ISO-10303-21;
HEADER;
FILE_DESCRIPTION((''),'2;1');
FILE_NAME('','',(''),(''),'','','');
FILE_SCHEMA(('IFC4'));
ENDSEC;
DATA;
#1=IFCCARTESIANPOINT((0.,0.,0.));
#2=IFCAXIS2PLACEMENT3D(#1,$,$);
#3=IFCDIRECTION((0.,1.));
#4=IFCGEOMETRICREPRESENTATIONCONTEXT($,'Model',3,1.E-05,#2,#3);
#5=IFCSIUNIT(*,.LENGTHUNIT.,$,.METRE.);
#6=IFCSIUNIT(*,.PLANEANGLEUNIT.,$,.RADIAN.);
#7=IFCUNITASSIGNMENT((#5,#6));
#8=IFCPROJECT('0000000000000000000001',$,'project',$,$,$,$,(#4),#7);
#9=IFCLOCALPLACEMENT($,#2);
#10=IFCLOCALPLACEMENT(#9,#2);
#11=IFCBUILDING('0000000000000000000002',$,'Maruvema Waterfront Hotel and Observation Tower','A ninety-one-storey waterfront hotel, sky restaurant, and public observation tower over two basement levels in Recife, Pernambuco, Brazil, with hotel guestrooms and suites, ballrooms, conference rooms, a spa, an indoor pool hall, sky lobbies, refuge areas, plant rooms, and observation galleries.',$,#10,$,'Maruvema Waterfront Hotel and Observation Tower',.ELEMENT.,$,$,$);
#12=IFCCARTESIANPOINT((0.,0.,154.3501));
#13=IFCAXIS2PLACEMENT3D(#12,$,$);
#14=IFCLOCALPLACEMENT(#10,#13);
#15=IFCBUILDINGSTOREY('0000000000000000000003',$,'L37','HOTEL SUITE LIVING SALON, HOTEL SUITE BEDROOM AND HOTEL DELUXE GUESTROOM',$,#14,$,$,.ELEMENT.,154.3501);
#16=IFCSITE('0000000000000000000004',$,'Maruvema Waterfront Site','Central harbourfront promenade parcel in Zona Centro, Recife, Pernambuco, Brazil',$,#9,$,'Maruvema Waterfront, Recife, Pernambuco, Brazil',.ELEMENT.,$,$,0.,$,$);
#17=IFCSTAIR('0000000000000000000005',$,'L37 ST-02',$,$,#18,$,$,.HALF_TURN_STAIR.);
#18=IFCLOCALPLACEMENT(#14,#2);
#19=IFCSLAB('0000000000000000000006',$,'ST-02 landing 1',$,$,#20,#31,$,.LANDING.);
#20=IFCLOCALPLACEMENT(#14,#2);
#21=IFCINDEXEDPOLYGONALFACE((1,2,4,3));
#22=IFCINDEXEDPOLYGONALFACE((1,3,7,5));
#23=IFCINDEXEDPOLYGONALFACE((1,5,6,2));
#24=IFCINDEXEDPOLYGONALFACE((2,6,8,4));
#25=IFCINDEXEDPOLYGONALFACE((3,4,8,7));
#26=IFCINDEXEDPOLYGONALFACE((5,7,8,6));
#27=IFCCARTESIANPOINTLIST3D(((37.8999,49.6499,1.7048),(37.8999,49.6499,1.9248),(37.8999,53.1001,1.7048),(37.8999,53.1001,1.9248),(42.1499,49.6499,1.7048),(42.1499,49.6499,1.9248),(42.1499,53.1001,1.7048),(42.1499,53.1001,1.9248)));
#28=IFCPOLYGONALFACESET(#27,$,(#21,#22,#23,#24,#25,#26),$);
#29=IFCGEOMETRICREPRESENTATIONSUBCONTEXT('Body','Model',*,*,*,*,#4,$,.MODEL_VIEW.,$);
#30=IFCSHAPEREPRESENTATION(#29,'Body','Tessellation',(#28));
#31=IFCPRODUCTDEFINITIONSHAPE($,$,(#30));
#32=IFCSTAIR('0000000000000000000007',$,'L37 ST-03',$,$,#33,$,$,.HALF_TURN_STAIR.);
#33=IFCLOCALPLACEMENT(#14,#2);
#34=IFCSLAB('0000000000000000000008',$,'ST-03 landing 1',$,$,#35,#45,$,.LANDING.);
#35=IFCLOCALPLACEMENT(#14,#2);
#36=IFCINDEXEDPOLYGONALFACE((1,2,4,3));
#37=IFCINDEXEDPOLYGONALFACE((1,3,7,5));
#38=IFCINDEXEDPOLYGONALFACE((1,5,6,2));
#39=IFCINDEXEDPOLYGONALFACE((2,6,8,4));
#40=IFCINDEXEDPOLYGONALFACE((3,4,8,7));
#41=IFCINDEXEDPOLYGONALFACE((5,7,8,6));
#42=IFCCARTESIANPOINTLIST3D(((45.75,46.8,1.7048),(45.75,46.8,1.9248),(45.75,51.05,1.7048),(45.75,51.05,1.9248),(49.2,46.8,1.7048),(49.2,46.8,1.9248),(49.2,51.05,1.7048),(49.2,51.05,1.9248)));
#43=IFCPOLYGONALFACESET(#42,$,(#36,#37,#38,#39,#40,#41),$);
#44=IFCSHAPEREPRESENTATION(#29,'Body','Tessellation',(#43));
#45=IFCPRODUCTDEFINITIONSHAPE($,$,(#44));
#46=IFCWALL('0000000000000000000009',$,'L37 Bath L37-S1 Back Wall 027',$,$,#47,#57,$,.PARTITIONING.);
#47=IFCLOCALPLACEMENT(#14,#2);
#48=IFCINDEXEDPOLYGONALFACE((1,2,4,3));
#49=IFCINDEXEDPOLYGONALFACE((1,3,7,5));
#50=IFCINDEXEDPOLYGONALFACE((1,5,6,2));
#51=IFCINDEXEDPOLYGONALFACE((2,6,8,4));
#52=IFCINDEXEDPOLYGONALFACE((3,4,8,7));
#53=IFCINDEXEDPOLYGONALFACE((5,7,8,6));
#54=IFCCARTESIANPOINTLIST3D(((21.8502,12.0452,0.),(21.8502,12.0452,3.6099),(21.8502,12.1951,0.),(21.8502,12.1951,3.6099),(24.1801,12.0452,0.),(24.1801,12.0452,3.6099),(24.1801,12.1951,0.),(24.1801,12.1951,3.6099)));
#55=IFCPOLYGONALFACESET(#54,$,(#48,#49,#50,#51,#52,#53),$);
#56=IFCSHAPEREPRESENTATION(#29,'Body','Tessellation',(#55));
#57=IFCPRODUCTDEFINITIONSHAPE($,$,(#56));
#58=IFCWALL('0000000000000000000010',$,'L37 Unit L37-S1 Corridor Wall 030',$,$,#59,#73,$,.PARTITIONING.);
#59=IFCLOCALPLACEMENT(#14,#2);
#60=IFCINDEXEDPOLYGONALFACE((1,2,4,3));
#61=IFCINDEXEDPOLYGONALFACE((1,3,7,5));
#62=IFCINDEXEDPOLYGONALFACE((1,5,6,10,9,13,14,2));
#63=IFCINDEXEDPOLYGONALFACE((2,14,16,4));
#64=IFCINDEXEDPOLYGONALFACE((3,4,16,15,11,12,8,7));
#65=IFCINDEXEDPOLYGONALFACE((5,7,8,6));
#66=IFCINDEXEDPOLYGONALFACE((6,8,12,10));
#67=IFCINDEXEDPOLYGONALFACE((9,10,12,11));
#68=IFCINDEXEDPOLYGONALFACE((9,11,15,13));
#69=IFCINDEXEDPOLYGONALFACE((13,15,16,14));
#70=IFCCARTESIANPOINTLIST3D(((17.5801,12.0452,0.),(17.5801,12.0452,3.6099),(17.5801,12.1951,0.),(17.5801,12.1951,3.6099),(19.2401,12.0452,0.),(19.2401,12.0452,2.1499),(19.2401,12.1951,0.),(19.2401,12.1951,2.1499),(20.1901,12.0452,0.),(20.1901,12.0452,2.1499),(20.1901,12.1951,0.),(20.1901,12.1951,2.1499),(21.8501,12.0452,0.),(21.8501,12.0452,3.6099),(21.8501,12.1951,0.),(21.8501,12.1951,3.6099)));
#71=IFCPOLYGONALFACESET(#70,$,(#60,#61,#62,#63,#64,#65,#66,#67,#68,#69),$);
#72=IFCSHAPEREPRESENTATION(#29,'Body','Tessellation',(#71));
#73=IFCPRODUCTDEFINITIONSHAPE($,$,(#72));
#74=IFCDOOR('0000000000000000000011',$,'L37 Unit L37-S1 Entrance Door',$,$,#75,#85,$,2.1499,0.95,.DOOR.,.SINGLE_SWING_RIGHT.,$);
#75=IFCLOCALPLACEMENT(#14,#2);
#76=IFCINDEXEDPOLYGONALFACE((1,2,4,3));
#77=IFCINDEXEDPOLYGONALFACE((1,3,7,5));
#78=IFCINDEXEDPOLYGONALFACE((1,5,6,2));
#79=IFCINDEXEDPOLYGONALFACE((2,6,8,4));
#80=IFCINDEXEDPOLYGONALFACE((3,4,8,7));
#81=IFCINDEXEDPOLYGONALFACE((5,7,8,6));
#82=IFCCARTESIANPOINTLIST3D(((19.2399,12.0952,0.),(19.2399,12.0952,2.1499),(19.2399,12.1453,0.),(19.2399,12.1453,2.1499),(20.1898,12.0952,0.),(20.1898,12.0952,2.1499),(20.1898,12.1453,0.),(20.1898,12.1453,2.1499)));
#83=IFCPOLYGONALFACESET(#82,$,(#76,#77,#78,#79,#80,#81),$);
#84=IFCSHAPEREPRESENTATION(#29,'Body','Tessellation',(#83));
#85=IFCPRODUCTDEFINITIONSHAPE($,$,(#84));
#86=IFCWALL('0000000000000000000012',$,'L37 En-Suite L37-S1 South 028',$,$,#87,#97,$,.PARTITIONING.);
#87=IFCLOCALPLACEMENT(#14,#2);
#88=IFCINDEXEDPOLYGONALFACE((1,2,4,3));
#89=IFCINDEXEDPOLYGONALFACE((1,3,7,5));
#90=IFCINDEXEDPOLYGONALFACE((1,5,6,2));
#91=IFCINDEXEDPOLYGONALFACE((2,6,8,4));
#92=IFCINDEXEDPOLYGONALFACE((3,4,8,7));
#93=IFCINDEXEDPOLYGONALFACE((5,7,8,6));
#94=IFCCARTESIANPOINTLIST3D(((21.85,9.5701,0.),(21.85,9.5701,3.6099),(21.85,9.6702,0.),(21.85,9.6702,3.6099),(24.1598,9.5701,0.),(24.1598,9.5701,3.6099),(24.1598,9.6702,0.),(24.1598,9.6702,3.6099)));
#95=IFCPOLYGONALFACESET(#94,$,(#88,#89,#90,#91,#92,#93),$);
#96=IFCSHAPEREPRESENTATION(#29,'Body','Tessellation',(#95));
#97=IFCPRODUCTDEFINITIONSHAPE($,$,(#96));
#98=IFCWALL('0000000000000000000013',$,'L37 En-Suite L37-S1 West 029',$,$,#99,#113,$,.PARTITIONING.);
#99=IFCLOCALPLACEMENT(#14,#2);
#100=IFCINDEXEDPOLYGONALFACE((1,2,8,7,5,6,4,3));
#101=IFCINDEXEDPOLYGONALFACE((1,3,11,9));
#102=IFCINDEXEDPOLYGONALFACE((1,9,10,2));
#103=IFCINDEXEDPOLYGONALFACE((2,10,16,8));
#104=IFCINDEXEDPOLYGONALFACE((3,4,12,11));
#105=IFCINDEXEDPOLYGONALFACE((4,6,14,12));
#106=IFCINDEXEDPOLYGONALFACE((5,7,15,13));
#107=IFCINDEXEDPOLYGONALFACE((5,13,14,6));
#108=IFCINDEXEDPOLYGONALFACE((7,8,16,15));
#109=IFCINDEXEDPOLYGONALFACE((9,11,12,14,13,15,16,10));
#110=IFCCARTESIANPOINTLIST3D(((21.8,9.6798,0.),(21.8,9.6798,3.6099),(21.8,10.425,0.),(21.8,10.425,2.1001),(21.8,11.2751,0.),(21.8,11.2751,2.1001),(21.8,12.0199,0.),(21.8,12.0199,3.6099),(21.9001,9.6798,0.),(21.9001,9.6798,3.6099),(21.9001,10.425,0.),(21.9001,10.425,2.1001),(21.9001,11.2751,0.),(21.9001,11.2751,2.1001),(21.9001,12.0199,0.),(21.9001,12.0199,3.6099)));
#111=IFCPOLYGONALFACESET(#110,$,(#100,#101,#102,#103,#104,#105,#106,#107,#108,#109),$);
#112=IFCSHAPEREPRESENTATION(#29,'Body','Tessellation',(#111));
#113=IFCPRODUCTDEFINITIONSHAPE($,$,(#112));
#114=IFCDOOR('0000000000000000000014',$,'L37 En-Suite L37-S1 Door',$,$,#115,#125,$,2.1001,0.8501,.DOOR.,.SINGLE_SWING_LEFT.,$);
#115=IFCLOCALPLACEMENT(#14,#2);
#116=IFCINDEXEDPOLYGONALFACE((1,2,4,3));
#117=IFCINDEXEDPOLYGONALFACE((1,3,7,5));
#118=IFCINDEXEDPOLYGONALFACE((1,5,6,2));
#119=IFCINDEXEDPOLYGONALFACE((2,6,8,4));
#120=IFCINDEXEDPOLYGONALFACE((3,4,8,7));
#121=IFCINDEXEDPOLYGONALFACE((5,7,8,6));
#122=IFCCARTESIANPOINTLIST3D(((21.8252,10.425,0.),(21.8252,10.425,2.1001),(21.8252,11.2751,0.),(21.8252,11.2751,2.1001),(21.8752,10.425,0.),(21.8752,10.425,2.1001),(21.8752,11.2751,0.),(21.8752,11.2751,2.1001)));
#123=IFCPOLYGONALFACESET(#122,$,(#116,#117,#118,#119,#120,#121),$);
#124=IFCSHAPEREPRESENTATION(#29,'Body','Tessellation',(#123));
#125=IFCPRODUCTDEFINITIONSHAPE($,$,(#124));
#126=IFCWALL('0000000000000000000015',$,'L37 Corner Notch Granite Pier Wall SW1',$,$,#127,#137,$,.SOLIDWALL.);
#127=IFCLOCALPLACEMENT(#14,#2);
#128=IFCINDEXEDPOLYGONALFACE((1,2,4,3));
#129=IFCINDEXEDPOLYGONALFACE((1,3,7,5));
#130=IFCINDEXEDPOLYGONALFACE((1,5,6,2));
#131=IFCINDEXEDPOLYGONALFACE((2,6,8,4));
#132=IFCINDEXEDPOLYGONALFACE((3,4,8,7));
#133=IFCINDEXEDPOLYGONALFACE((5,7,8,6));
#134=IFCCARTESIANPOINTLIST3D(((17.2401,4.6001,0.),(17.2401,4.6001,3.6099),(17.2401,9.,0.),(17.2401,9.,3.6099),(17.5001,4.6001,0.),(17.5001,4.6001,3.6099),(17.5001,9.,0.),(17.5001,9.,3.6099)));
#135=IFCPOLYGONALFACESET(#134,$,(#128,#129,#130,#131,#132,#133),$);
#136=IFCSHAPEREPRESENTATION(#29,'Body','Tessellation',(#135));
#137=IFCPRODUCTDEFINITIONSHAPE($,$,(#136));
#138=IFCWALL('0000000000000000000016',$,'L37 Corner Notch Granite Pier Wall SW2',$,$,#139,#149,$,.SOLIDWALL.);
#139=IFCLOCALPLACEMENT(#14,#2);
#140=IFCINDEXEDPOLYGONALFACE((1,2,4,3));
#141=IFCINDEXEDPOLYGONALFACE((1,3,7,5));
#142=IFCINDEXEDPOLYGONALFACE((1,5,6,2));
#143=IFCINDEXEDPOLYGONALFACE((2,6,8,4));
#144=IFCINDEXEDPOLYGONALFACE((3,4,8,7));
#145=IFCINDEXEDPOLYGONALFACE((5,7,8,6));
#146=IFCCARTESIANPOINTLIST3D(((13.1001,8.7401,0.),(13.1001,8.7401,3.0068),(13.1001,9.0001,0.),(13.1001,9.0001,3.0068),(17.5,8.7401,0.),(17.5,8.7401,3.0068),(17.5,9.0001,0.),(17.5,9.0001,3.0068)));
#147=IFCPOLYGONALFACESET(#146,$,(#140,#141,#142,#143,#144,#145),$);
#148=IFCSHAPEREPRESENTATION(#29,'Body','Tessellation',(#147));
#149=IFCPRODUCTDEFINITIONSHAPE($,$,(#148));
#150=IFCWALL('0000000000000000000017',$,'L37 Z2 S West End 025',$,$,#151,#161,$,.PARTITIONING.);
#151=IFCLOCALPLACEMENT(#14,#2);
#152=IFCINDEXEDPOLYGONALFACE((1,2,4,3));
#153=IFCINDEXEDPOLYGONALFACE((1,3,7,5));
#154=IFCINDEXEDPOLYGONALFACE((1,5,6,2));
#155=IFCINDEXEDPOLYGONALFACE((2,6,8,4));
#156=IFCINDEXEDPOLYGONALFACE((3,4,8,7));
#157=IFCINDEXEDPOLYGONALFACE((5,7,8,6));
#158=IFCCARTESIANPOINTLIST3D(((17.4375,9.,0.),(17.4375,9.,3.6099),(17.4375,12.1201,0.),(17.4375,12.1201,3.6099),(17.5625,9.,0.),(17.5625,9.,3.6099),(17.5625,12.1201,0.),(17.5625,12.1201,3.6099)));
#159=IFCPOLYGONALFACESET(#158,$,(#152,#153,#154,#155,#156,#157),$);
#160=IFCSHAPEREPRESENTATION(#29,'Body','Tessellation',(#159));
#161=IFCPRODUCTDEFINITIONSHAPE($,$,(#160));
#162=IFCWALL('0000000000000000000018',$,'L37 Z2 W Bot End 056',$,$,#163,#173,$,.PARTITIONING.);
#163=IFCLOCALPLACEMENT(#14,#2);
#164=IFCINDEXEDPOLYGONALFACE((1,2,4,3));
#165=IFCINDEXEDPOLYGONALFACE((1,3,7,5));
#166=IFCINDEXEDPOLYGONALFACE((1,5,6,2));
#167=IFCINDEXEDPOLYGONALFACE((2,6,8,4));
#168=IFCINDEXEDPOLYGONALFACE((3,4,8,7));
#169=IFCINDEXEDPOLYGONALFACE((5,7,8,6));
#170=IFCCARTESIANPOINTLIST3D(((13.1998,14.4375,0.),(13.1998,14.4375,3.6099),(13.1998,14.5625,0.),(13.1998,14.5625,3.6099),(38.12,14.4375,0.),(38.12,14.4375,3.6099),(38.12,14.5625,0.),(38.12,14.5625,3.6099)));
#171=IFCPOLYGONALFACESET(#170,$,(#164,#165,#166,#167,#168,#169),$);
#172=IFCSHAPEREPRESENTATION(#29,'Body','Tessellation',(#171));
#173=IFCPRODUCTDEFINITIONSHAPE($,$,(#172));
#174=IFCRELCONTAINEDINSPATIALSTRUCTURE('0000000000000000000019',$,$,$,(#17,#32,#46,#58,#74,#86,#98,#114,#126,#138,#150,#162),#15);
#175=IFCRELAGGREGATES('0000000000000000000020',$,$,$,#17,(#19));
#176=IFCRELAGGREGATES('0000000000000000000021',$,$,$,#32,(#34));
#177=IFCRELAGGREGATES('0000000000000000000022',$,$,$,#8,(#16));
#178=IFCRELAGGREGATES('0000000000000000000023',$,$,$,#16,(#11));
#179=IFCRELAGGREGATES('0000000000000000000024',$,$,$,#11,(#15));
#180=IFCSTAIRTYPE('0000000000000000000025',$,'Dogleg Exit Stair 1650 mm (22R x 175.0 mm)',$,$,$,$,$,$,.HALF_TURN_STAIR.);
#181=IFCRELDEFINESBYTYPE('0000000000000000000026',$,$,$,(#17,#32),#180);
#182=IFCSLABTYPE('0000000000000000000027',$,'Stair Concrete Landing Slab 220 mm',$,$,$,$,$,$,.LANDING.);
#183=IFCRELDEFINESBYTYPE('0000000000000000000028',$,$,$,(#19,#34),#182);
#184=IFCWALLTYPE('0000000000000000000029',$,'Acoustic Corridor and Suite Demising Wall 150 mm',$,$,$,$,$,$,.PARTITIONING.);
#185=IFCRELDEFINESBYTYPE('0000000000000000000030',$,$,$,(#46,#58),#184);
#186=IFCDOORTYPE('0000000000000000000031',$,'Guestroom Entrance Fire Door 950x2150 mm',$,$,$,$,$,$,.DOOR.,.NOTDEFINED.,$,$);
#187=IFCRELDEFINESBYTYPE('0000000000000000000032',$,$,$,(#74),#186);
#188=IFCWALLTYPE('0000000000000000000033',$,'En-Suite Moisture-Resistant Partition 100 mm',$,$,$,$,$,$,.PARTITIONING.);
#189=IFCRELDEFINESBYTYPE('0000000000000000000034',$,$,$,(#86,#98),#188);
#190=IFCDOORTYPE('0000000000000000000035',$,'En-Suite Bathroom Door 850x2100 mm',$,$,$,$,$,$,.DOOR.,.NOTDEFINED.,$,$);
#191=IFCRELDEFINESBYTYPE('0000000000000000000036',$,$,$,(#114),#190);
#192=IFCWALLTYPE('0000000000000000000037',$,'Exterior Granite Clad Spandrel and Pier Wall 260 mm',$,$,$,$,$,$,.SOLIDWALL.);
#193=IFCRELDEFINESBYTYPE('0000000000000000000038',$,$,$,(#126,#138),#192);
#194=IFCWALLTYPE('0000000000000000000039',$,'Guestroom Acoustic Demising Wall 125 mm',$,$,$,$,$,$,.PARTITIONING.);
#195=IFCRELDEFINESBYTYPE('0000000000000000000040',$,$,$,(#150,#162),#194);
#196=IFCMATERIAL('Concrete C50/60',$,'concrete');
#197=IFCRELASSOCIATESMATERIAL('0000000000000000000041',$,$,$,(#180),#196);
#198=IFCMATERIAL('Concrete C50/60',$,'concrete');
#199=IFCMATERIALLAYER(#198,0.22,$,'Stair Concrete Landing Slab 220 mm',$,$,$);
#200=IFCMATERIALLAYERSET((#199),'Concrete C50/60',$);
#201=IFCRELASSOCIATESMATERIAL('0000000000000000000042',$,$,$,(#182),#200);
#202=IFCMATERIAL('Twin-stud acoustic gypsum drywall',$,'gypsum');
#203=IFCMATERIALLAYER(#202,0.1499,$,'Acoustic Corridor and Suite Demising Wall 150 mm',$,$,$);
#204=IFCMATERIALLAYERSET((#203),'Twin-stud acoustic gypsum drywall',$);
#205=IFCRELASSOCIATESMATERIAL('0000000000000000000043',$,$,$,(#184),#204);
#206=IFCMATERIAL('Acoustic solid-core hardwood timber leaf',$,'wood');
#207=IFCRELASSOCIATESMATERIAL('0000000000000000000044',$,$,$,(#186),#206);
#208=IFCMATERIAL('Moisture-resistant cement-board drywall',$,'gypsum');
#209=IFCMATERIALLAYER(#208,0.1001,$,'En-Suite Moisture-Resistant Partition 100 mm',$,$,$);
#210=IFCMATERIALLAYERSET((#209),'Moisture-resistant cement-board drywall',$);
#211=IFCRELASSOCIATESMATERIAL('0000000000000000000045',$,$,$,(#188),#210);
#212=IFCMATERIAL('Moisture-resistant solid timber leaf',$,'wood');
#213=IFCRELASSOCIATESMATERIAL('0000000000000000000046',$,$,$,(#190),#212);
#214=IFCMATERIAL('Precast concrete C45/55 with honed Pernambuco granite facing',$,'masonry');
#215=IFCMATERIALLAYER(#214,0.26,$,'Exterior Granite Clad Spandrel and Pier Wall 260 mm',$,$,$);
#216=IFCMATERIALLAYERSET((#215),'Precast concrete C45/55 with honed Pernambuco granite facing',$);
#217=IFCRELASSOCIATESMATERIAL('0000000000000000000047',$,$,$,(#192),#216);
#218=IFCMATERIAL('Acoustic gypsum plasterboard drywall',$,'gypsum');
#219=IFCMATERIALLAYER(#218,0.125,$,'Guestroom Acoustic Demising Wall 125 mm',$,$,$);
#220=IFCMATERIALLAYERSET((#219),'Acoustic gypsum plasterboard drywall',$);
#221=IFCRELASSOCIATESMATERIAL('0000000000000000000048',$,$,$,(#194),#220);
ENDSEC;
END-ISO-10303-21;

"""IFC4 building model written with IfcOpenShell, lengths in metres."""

from ifc_helpers import new_model, si_unit, direction, frame, frame_2d, origin, place, context, subcontext, project, spatial, polyline, rectangle, outline, extrude, material, layer, layer_set, type_object, element, fill, aggregate, save


model = new_model("IFC4")

# Units and contexts
model_context = context("Model", 3, precision=1e-05, world=origin(), true_north=direction((0.0, 1.0)))
body_context = subcontext(model_context, "Body", "Model", "MODEL_VIEW")
ifc_project = project(units=[si_unit("LENGTHUNIT", "METRE"), si_unit("PLANEANGLEUNIT", "RADIAN")], contexts=[model_context])

# Site, building, storey
site_placement = place(None, origin())
site = spatial("IfcSite", under=ifc_project, at=site_placement, Name="Maruvema Waterfront Site", Description="Central harbourfront promenade parcel in Zona Centro, Recife, Pernambuco, Brazil", LongName="Maruvema Waterfront, Recife, Pernambuco, Brazil", CompositionType="ELEMENT", RefElevation=0.0)
building_placement = place(site_placement, origin())
building = spatial("IfcBuilding", under=site, at=building_placement, Name="Maruvema Waterfront Hotel and Observation Tower", Description="A ninety-one-storey waterfront hotel, sky restaurant, and public observation tower over two basement levels in Recife, Pernambuco, Brazil, with hotel guestrooms and suites, ballrooms, conference rooms, a spa, an indoor pool hall, sky lobbies, refuge areas, plant rooms, and observation galleries.", LongName="Maruvema Waterfront Hotel and Observation Tower", CompositionType="ELEMENT")
storey_placement = place(building_placement, frame((0.0, 0.0, 154.3501)))
storey = spatial("IfcBuildingStorey", under=building, at=storey_placement, Name="L37", Description="HOTEL SUITE LIVING SALON, HOTEL SUITE BEDROOM AND HOTEL DELUXE GUESTROOM", CompositionType="ELEMENT", Elevation=154.3501)

# Stairs, slabs
ifc_material_1 = material(Name="Concrete C50/60", Category="concrete")
stair_type = type_object("IfcStairType", Name="Dogleg Exit Stair 1650 mm (22R x 175.0 mm)", PredefinedType="HALF_TURN_STAIR", material=ifc_material_1)
ifc_material_2 = material(Name="Concrete C50/60", Category="concrete")
ifc_layer_1 = layer(ifc_material_2, 0.22, Name="Stair Concrete Landing Slab 220 mm")
ifc_layer_set_1 = layer_set([ifc_layer_1], Name="Concrete C50/60")
slab_type_1 = type_object("IfcSlabType", Name="Stair Concrete Landing Slab 220 mm", PredefinedType="LANDING", material=ifc_layer_set_1)
stair_1_placement = place(storey_placement, origin())
stair_1 = element("IfcStair", 1, at=stair_1_placement, inside=storey, type_object=stair_type, Name="L37 ST-02", PredefinedType="HALF_TURN_STAIR")
slab_1_placement = place(storey_placement, frame((0.0, 0.0, 1.7048)))
slab_1 = element("IfcSlab", 2, at=slab_1_placement, type_object=slab_type_1, Name="ST-02 landing 1", PredefinedType="LANDING", context=body_context, shape_type="SweptSolid", body=[
    extrude(outline(polyline([(37.8999, 49.6499), (42.1499, 49.6499), (42.1499, 53.1001), (37.8999, 53.1001), (37.8999, 49.6499)])), origin(), (0.0, 0.0, 1.0), 0.22),
])
aggregate(stair_1, [slab_1])
stair_2_placement = place(storey_placement, origin())
stair_2 = element("IfcStair", 3, at=stair_2_placement, inside=storey, type_object=stair_type, Name="L37 ST-03", PredefinedType="HALF_TURN_STAIR")
slab_2_placement = place(storey_placement, frame((0.0, 0.0, 1.7048)))
slab_2 = element("IfcSlab", 4, at=slab_2_placement, type_object=slab_type_1, Name="ST-03 landing 1", PredefinedType="LANDING", context=body_context, shape_type="SweptSolid", body=[
    extrude(outline(polyline([(49.2, 46.8), (49.2, 51.05), (45.75, 51.05), (45.75, 46.8), (49.2, 46.8)])), origin(), (0.0, 0.0, 1.0), 0.22),
])
aggregate(stair_2, [slab_2])

# Wall
ifc_material_3 = material(Name="Twin-stud acoustic gypsum drywall", Category="gypsum")
ifc_layer_2 = layer(ifc_material_3, 0.1499, Name="Acoustic Corridor and Suite Demising Wall 150 mm")
ifc_layer_set_2 = layer_set([ifc_layer_2], Name="Twin-stud acoustic gypsum drywall")
wall_type_1 = type_object("IfcWallType", Name="Acoustic Corridor and Suite Demising Wall 150 mm", PredefinedType="PARTITIONING", material=ifc_layer_set_2)
wall_1_placement = place(storey_placement, frame((21.8501, 12.1201, 0.0), z_axis=(0.0, 0.0, 1.0), x_axis=(1.0, 0.0, 0.0)))
element("IfcWall", 5, at=wall_1_placement, inside=storey, type_object=wall_type_1, Name="L37 Bath L37-S1 Back Wall 027", PredefinedType="PARTITIONING", context=body_context, shape_type="SweptSolid", body=[
    extrude(rectangle(XDim=2.3298, YDim=0.1499, at=frame_2d((1.165, 0.0))), origin(), (0.0, 0.0, 1.0), 3.6099),
])

# Wall, opening, door
wall_2_placement = place(storey_placement, frame((17.5801, 12.1201, 0.0), z_axis=(0.0, 0.0, 1.0), x_axis=(1.0, 0.0, 0.0)))
wall_2 = element("IfcWall", 6, at=wall_2_placement, inside=storey, type_object=wall_type_1, Name="L37 Unit L37-S1 Corridor Wall 030", PredefinedType="PARTITIONING", context=body_context, shape_type="SweptSolid", body=[
    extrude(rectangle(XDim=4.27, YDim=0.1499, at=frame_2d((2.135, 0.0))), origin(), (0.0, 0.0, 1.0), 3.6099),
])
opening_1_placement = place(wall_2_placement, frame((1.6599, 0.0, 0.0)))
opening_1 = element("IfcOpeningElement", 7, at=opening_1_placement, cuts=wall_2, PredefinedType="OPENING", context=body_context, shape_type="SweptSolid", body=[
    extrude(rectangle(XDim=0.95, YDim=2.1499, at=frame_2d((0.4751, 1.075))), frame((0.0, 0.085, 0.0), z_axis=(0.0, -1.0, 0.0), x_axis=(1.0, 0.0, 0.0)), (0.0, 0.0, 1.0), 0.1699),
])
ifc_material_4 = material(Name="Acoustic solid-core hardwood timber leaf", Category="wood")
door_type_1 = type_object("IfcDoorType", Name="Guestroom Entrance Fire Door 950x2150 mm", OperationType="NOTDEFINED", PredefinedType="DOOR", material=ifc_material_4)
door_1_placement = place(opening_1_placement, frame((0.95, 0.0, 0.0), z_axis=(0.0, 0.0, 1.0), x_axis=(-1.0, 0.0, 0.0)))
door_1 = element("IfcDoor", 8, at=door_1_placement, inside=storey, type_object=door_type_1, Name="L37 Unit L37-S1 Entrance Door", OperationType="SINGLE_SWING_RIGHT", OverallHeight=2.1499, OverallWidth=0.95, PredefinedType="DOOR", context=body_context, shape_type="SweptSolid", body=[
    extrude(rectangle(XDim=0.95, YDim=2.1499, at=frame_2d((0.4751, 1.075))), frame((0.0, 0.0249, 0.0), z_axis=(0.0, -1.0, 0.0), x_axis=(1.0, 0.0, 0.0)), (0.0, 0.0, 1.0), 0.05),
])
fill(opening_1, door_1)

# Wall
ifc_material_5 = material(Name="Moisture-resistant cement-board drywall", Category="gypsum")
ifc_layer_3 = layer(ifc_material_5, 0.1001, Name="En-Suite Moisture-Resistant Partition 100 mm")
ifc_layer_set_3 = layer_set([ifc_layer_3], Name="Moisture-resistant cement-board drywall")
wall_type_2 = type_object("IfcWallType", Name="En-Suite Moisture-Resistant Partition 100 mm", PredefinedType="PARTITIONING", material=ifc_layer_set_3)
wall_3_placement = place(storey_placement, frame((21.8501, 9.6201, 0.0), z_axis=(0.0, 0.0, 1.0), x_axis=(1.0, 0.0, 0.0)))
element("IfcWall", 9, at=wall_3_placement, inside=storey, type_object=wall_type_2, Name="L37 En-Suite L37-S1 South 028", PredefinedType="PARTITIONING", context=body_context, shape_type="SweptSolid", body=[
    extrude(rectangle(XDim=2.3098, YDim=0.1001, at=frame_2d((1.1548, 0.0))), origin(), (0.0, 0.0, 1.0), 3.6099),
])

# Wall, opening, door
wall_4_placement = place(storey_placement, frame((21.8501, 9.6799, 0.0), z_axis=(0.0, 0.0, 1.0), x_axis=(0.0, 1.0, 0.0)))
wall_4 = element("IfcWall", 10, at=wall_4_placement, inside=storey, type_object=wall_type_2, Name="L37 En-Suite L37-S1 West 029", PredefinedType="PARTITIONING", context=body_context, shape_type="SweptSolid", body=[
    extrude(rectangle(XDim=2.3401, YDim=0.1001, at=frame_2d((1.1699, 0.0))), origin(), (0.0, 0.0, 1.0), 3.6099),
])
opening_2_placement = place(wall_4_placement, frame((0.7451, 0.0, 0.0)))
opening_2 = element("IfcOpeningElement", 11, at=opening_2_placement, cuts=wall_4, PredefinedType="OPENING", context=body_context, shape_type="SweptSolid", body=[
    extrude(rectangle(XDim=0.8501, YDim=2.1001, at=frame_2d((0.425, 1.05))), frame((0.0, 0.0601, 0.0), z_axis=(0.0, -1.0, 0.0), x_axis=(1.0, 0.0, 0.0)), (0.0, 0.0, 1.0), 0.1201),
])
ifc_material_6 = material(Name="Moisture-resistant solid timber leaf", Category="wood")
door_type_2 = type_object("IfcDoorType", Name="En-Suite Bathroom Door 850x2100 mm", OperationType="NOTDEFINED", PredefinedType="DOOR", material=ifc_material_6)
door_2_placement = place(opening_2_placement, origin())
door_2 = element("IfcDoor", 12, at=door_2_placement, inside=storey, type_object=door_type_2, Name="L37 En-Suite L37-S1 Door", OperationType="SINGLE_SWING_LEFT", OverallHeight=2.1001, OverallWidth=0.8501, PredefinedType="DOOR", context=body_context, shape_type="SweptSolid", body=[
    extrude(rectangle(XDim=0.8501, YDim=2.1001, at=frame_2d((0.425, 1.05))), frame((0.0, 0.0249, 0.0), z_axis=(0.0, -1.0, 0.0), x_axis=(1.0, 0.0, 0.0)), (0.0, 0.0, 1.0), 0.05),
])
fill(opening_2, door_2)

# Walls
ifc_material_7 = material(Name="Precast concrete C45/55 with honed Pernambuco granite facing", Category="masonry")
ifc_layer_4 = layer(ifc_material_7, 0.26, Name="Exterior Granite Clad Spandrel and Pier Wall 260 mm")
ifc_layer_set_4 = layer_set([ifc_layer_4], Name="Precast concrete C45/55 with honed Pernambuco granite facing")
wall_type_3 = type_object("IfcWallType", Name="Exterior Granite Clad Spandrel and Pier Wall 260 mm", PredefinedType="SOLIDWALL", material=ifc_layer_set_4)
wall_5_placement = place(storey_placement, frame((17.3701, 4.6001, 0.0), z_axis=(0.0, 0.0, 1.0), x_axis=(0.0, 1.0, 0.0)))
element("IfcWall", 13, at=wall_5_placement, inside=storey, type_object=wall_type_3, Name="L37 Corner Notch Granite Pier Wall SW1", PredefinedType="SOLIDWALL", context=body_context, shape_type="SweptSolid", body=[
    extrude(rectangle(XDim=4.3999, YDim=0.26, at=frame_2d((2.2, 0.0))), origin(), (0.0, 0.0, 1.0), 3.6099),
])
wall_6_placement = place(storey_placement, frame((17.5, 8.8701, 0.0), z_axis=(0.0, 0.0, 1.0), x_axis=(-1.0, 0.0, 0.0)))
element("IfcWall", 14, at=wall_6_placement, inside=storey, type_object=wall_type_3, Name="L37 Corner Notch Granite Pier Wall SW2", PredefinedType="SOLIDWALL", context=body_context, shape_type="SweptSolid", body=[
    extrude(rectangle(XDim=4.3999, YDim=0.26, at=frame_2d((2.2, 0.0))), origin(), (0.0, 0.0, 1.0), 3.0068),
])
ifc_material_8 = material(Name="Acoustic gypsum plasterboard drywall", Category="gypsum")
ifc_layer_5 = layer(ifc_material_8, 0.125, Name="Guestroom Acoustic Demising Wall 125 mm")
ifc_layer_set_5 = layer_set([ifc_layer_5], Name="Acoustic gypsum plasterboard drywall")
wall_type_4 = type_object("IfcWallType", Name="Guestroom Acoustic Demising Wall 125 mm", PredefinedType="PARTITIONING", material=ifc_layer_set_5)
wall_7_placement = place(storey_placement, frame((17.5, 9.0, 0.0), z_axis=(0.0, 0.0, 1.0), x_axis=(0.0, 1.0, 0.0)))
element("IfcWall", 15, at=wall_7_placement, inside=storey, type_object=wall_type_4, Name="L37 Z2 S West End 025", PredefinedType="PARTITIONING", context=body_context, shape_type="SweptSolid", body=[
    extrude(rectangle(XDim=3.1201, YDim=0.125, at=frame_2d((1.5601, 0.0))), origin(), (0.0, 0.0, 1.0), 3.6099),
])
wall_8_placement = place(storey_placement, frame((13.2, 14.5, 0.0), z_axis=(0.0, 0.0, 1.0), x_axis=(1.0, 0.0, 0.0)))
element("IfcWall", 16, at=wall_8_placement, inside=storey, type_object=wall_type_4, Name="L37 Z2 W Bot End 056", PredefinedType="PARTITIONING", context=body_context, shape_type="SweptSolid", body=[
    extrude(rectangle(XDim=24.9202, YDim=0.125, at=frame_2d((12.46, 0.0))), origin(), (0.0, 0.0, 1.0), 3.6099),
])

save(model, "model.ifc")
